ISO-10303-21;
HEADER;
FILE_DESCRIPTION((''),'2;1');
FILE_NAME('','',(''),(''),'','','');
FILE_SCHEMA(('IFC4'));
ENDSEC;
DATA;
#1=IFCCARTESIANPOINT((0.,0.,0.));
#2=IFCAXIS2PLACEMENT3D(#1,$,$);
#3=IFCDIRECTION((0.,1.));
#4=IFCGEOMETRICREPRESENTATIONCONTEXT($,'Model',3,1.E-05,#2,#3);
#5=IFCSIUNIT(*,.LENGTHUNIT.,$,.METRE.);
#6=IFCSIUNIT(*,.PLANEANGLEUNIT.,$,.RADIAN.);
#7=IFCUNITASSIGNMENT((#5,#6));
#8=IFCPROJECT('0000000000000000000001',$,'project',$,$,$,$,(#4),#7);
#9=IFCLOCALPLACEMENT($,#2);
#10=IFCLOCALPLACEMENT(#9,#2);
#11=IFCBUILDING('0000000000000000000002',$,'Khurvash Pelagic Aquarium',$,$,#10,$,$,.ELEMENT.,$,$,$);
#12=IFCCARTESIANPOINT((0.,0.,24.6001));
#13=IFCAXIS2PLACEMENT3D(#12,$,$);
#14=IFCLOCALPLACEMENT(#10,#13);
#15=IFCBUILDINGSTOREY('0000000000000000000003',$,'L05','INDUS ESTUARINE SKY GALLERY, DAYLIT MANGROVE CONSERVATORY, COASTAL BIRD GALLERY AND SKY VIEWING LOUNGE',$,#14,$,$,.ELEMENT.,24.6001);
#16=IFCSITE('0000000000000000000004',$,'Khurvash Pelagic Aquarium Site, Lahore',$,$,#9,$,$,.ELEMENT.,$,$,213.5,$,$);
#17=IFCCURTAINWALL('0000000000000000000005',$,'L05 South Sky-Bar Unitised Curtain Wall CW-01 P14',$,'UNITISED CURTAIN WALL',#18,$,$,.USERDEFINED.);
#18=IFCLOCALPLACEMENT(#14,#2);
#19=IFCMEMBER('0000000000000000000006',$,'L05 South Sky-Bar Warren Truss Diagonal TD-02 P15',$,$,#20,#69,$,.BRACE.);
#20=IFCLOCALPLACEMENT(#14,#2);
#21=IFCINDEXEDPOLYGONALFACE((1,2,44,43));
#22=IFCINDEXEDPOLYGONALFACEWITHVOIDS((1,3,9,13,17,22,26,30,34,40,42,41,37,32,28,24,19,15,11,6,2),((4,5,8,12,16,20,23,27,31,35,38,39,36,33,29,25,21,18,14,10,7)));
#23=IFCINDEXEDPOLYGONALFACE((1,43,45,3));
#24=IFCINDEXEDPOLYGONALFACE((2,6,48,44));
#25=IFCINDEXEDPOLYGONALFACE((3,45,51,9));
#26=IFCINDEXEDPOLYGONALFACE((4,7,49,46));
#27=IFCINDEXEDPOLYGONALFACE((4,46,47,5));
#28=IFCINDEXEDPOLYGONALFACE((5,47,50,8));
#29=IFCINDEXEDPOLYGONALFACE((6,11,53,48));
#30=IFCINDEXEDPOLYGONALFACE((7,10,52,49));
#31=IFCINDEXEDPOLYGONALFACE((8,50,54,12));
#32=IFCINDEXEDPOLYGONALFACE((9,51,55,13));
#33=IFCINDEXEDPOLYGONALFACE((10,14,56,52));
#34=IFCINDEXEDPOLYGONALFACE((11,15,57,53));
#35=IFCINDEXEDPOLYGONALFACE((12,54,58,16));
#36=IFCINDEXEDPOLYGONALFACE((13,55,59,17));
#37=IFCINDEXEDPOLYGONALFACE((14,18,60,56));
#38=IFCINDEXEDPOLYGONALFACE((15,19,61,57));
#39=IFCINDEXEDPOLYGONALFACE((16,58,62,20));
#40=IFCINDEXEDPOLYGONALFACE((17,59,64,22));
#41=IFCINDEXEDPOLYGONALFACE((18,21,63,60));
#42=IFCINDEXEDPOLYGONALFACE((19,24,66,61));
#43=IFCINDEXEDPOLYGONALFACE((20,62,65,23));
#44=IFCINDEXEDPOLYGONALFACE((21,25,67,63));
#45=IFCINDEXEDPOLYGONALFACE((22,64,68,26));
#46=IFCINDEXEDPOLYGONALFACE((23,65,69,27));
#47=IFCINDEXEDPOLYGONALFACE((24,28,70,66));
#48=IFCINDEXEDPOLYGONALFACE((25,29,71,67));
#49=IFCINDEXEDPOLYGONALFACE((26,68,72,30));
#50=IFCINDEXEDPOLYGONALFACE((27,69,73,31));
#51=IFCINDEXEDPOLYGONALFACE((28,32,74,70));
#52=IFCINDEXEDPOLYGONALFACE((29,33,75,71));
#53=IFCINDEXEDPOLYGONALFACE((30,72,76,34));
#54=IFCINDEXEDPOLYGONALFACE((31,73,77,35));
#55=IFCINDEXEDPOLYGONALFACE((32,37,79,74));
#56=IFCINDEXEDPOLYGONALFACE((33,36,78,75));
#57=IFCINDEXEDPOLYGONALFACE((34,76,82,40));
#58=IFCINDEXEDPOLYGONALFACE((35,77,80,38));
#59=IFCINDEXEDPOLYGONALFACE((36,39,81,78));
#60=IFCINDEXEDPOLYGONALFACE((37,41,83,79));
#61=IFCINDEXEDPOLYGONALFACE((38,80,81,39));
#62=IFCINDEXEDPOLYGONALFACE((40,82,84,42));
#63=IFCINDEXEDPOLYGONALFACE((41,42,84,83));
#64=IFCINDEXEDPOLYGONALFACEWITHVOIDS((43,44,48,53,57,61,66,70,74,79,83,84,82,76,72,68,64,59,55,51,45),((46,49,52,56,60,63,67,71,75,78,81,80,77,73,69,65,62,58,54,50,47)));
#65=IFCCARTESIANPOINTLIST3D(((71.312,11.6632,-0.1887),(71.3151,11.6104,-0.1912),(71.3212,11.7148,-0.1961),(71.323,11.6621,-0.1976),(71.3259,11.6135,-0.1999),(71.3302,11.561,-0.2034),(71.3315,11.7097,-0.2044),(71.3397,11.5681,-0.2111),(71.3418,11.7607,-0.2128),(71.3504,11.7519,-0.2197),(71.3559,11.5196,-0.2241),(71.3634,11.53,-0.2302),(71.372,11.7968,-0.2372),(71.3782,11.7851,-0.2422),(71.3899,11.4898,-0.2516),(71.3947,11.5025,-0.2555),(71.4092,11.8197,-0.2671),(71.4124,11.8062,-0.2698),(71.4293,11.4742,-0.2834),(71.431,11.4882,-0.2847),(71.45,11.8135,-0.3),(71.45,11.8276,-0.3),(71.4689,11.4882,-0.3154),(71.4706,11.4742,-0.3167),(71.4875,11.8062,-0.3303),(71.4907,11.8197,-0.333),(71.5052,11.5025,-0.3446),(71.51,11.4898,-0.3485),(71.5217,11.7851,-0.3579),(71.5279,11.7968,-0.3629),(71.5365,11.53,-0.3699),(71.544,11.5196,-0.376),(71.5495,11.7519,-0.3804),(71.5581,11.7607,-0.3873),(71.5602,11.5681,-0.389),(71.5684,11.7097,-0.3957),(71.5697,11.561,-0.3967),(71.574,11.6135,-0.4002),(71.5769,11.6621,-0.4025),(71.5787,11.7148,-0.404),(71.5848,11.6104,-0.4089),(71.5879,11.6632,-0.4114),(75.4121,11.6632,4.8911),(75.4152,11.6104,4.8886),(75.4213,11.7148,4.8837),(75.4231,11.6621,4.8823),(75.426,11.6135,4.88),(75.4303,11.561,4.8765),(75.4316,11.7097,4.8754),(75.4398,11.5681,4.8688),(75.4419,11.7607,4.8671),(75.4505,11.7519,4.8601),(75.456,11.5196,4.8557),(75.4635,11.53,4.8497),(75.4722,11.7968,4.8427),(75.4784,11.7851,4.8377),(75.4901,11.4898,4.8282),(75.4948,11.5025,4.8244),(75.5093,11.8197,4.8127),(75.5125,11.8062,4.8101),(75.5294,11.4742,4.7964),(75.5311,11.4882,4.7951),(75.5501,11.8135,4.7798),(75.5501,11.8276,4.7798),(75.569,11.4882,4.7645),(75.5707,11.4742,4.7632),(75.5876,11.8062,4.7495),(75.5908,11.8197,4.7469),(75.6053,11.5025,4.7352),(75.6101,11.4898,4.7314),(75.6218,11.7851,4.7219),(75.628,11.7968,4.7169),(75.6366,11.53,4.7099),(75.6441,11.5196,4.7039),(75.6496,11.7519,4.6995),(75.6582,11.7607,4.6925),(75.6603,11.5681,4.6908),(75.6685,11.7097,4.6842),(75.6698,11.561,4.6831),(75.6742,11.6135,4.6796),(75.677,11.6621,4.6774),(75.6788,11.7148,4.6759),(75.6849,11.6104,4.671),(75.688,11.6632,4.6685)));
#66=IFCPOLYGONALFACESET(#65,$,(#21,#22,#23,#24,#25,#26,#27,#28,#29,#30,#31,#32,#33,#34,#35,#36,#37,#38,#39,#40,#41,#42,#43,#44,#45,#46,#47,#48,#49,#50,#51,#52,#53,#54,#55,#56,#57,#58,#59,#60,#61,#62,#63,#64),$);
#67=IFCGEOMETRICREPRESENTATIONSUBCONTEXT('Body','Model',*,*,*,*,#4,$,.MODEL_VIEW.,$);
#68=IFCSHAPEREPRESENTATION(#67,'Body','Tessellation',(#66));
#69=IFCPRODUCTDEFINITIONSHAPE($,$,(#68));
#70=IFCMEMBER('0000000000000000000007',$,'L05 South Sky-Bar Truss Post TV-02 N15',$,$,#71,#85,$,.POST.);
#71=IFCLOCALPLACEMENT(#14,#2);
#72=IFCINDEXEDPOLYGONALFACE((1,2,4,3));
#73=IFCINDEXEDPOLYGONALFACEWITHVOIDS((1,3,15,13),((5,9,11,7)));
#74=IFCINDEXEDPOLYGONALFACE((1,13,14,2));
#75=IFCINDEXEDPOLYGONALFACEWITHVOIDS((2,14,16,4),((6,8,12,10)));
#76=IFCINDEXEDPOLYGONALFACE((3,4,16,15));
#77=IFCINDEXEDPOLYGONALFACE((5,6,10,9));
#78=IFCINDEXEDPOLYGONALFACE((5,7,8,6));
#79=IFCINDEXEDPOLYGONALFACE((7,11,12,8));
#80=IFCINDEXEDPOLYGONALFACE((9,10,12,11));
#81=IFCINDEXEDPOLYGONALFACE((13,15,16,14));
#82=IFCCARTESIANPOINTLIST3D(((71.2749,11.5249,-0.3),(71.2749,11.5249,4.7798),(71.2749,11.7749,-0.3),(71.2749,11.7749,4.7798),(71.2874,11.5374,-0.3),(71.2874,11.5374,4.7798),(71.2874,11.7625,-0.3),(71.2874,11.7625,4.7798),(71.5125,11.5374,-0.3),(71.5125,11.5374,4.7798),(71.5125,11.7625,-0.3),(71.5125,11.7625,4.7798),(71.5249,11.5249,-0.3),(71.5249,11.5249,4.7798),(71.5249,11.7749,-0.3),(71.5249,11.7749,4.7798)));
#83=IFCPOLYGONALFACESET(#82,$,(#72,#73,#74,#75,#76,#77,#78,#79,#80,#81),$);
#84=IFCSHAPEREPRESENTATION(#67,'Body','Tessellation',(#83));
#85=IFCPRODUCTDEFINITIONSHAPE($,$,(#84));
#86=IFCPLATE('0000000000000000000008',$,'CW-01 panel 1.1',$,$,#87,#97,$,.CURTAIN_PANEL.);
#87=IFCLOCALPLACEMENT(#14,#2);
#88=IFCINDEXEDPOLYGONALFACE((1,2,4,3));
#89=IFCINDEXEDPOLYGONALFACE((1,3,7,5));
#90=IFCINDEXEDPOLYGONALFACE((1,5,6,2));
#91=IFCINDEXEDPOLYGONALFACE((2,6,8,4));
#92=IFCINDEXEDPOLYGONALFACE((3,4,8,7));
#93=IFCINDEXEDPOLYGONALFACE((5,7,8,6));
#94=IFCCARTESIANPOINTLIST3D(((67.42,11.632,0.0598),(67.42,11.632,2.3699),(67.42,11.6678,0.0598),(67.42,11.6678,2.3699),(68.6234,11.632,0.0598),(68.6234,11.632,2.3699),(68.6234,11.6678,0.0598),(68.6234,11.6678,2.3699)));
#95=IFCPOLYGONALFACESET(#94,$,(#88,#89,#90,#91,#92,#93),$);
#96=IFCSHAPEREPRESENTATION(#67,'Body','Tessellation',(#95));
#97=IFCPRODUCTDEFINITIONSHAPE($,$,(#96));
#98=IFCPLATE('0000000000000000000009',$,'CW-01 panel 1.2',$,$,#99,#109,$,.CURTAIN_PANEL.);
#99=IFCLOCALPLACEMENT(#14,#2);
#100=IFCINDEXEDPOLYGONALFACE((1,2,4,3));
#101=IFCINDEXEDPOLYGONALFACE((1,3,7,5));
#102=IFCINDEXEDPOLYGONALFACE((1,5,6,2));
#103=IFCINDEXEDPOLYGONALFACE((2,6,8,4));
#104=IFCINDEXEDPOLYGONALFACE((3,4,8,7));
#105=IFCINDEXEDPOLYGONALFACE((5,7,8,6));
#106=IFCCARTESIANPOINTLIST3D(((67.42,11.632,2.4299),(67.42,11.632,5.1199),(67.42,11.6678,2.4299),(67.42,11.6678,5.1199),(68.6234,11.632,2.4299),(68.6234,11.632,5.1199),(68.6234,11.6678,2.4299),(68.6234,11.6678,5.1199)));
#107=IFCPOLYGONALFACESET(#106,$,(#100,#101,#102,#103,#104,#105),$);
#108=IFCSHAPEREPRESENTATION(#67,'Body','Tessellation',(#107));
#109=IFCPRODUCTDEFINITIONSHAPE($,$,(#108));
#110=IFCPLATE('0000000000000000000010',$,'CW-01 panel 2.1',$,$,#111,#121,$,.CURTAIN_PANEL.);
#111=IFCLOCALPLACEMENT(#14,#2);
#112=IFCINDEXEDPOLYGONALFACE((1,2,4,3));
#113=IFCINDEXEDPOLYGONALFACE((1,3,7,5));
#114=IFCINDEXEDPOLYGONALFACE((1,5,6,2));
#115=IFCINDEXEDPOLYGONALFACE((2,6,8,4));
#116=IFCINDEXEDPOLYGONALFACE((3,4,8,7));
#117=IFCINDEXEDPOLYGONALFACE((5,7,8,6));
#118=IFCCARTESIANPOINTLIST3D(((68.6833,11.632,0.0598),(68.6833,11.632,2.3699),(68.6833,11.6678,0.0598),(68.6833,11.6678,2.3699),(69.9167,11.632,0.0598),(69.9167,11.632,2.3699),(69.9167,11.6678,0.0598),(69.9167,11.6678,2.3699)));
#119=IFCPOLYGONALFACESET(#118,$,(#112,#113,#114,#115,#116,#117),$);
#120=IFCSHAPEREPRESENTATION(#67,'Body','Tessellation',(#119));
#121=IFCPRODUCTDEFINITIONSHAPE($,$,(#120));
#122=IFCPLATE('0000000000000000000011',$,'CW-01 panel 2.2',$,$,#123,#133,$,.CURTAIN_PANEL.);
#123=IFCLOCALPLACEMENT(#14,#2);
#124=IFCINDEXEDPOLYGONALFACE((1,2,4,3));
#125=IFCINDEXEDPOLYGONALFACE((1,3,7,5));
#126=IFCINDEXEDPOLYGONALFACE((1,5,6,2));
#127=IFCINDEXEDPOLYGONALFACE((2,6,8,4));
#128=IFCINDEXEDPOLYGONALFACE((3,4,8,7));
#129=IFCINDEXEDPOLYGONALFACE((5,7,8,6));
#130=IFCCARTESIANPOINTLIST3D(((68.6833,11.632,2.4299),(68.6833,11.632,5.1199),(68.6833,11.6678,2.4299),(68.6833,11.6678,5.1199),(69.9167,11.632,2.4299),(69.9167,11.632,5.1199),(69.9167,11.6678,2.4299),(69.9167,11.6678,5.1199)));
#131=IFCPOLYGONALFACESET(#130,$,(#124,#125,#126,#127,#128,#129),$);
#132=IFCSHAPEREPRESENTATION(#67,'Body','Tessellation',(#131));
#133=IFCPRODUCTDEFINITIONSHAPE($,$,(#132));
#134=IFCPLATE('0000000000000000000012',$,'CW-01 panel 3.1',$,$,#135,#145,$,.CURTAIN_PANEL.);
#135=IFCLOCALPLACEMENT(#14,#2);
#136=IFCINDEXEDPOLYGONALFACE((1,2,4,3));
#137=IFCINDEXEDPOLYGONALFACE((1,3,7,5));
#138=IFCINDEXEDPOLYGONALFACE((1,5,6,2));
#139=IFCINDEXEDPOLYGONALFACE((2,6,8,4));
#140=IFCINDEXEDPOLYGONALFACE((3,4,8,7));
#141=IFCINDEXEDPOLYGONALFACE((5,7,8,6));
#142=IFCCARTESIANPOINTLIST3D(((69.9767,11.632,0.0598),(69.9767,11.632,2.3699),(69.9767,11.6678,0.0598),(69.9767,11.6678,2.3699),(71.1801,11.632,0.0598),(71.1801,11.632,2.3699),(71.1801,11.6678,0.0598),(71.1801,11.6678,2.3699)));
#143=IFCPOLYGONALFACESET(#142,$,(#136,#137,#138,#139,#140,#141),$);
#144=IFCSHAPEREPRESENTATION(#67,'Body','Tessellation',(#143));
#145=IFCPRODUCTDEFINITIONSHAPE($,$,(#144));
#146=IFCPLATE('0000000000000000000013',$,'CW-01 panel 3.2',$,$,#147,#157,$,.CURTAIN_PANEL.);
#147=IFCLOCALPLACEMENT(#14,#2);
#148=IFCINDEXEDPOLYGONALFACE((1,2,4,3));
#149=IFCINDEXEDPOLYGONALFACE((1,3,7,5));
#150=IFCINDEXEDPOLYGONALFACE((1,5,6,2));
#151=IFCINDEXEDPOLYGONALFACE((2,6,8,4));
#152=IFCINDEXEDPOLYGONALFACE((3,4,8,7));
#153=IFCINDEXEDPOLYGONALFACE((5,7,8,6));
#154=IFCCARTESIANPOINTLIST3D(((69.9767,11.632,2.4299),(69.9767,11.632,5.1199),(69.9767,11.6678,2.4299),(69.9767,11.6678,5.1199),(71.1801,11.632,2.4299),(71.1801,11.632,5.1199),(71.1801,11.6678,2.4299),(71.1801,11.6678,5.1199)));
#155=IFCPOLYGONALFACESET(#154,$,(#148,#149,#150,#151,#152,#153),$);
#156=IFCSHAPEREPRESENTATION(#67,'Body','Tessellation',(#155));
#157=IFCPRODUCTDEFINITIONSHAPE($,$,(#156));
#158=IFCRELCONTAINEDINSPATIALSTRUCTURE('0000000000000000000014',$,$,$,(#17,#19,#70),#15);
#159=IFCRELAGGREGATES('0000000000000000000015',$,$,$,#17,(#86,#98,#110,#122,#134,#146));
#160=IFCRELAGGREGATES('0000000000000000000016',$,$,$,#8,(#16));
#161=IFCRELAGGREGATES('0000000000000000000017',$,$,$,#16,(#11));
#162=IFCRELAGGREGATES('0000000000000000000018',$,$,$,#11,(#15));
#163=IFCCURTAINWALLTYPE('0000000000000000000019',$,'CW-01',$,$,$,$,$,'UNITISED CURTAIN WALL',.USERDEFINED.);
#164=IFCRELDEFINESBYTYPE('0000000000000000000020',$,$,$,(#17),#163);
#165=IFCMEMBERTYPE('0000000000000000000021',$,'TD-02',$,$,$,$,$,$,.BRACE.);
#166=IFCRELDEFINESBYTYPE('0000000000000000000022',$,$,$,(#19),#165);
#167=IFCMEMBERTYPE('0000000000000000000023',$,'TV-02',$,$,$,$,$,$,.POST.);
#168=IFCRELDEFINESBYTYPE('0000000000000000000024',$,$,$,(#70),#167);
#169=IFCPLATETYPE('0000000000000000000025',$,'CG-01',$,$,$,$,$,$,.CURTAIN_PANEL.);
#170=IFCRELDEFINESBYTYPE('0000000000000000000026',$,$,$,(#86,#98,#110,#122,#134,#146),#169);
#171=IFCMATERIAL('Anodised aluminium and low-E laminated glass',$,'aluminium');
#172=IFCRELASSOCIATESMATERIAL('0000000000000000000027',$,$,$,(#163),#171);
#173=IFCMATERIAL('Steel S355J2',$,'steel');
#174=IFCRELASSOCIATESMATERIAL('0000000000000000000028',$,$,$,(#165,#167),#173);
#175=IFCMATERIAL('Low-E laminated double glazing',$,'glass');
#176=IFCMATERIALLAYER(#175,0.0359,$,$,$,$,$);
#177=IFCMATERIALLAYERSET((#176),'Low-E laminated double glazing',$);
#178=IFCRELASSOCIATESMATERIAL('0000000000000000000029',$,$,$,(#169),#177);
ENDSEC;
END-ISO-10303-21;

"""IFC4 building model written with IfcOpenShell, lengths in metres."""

from ifc_helpers import new_model, si_unit, direction, frame, origin, origin_2d, place, context, subcontext, project, spatial, rectangle, hollow_rectangle, hollow_circle, extrude, material, layer, layer_set, material_profile, profile_set, type_object, element, aggregate, save


model = new_model("IFC4")

# Units and contexts
model_context = context("Model", 3, precision=1e-05, world=origin(), true_north=direction((0.0, 1.0)))
body_context = subcontext(model_context, "Body", "Model", "MODEL_VIEW")
ifc_project = project(units=[si_unit("LENGTHUNIT", "METRE"), si_unit("PLANEANGLEUNIT", "RADIAN")], contexts=[model_context])

# Site, building, storey
site_placement = place(None, origin())
site = spatial("IfcSite", under=ifc_project, at=site_placement, Name="Khurvash Pelagic Aquarium Site, Lahore", CompositionType="ELEMENT", RefElevation=213.5)
building_placement = place(site_placement, origin())
building = spatial("IfcBuilding", under=site, at=building_placement, Name="Khurvash Pelagic Aquarium", CompositionType="ELEMENT")
storey_placement = place(building_placement, frame((0.0, 0.0, 24.6001)))
storey = spatial("IfcBuildingStorey", under=building, at=storey_placement, Name="L05", Description="INDUS ESTUARINE SKY GALLERY, DAYLIT MANGROVE CONSERVATORY, COASTAL BIRD GALLERY AND SKY VIEWING LOUNGE", CompositionType="ELEMENT", Elevation=24.6001)

# Curtain wall
ifc_material_1 = material(Name="Anodised aluminium and low-E laminated glass", Category="aluminium")
curtain_wall_type = type_object("IfcCurtainWallType", Name="CW-01", ElementType="UNITISED CURTAIN WALL", PredefinedType="USERDEFINED", material=ifc_material_1)
curtain_wall_1_placement = place(storey_placement, origin())
curtain_wall_1 = element("IfcCurtainWall", 1, at=curtain_wall_1_placement, inside=storey, type_object=curtain_wall_type, Name="L05 South Sky-Bar Unitised Curtain Wall CW-01 P14", ObjectType="UNITISED CURTAIN WALL", PredefinedType="USERDEFINED")

# Members
ifc_material_2 = material(Name="Steel S355J2", Category="steel")
ifc_material_profile_1 = material_profile(ifc_material_2, hollow_circle(Radius=0.1777, WallThickness=0.0142, at=origin_2d()), Name="CHS355X14")
ifc_profile_set_1 = profile_set([ifc_material_profile_1], Name="Steel S355J2")
member_type_1 = type_object("IfcMemberType", Name="TD-02", PredefinedType="BRACE", material=ifc_profile_set_1)
for number, where, z_axis, x_axis, name in (
    (2, (71.45, 11.6499, -0.3), (0.628073, 0.0, 0.778154), (0.0, 1.0, 0.0), "L05 South Sky-Bar Warren Truss Diagonal TD-02 P15"),
):
    element("IfcMember", number, at=place(storey_placement, frame(where, z_axis=z_axis, x_axis=x_axis)), inside=storey, type_object=member_type_1, Name=name, PredefinedType="BRACE", context=body_context, shape_type="SweptSolid", body=[
        extrude(hollow_circle(Radius=0.1777, WallThickness=0.0142, at=origin_2d()), origin(), (0.0, 0.0, 1.0), 6.5281),
    ])
ifc_material_profile_2 = material_profile(ifc_material_2, hollow_rectangle(XDim=0.25, YDim=0.25, WallThickness=0.0125, at=origin_2d()), Name="SHS250X250X12")
ifc_profile_set_2 = profile_set([ifc_material_profile_2], Name="Steel S355J2")
member_type_2 = type_object("IfcMemberType", Name="TV-02", PredefinedType="POST", material=ifc_profile_set_2)
member_1_placement = place(storey_placement, frame((71.3999, 11.6499, -0.3), z_axis=(0.0, 0.0, 1.0), x_axis=(1.0, 0.0, 0.0)))
element("IfcMember", 3, at=member_1_placement, inside=storey, type_object=member_type_2, Name="L05 South Sky-Bar Truss Post TV-02 N15", PredefinedType="POST", context=body_context, shape_type="SweptSolid", body=[
    extrude(hollow_rectangle(XDim=0.25, YDim=0.25, WallThickness=0.0125, at=origin_2d()), origin(), (0.0, 0.0, 1.0), 5.0798),
])

# Plates
ifc_material_3 = material(Name="Low-E laminated double glazing", Category="glass")
ifc_layer = layer(ifc_material_3, 0.0359)
ifc_layer_set = layer_set([ifc_layer], Name="Low-E laminated double glazing")
plate_type = type_object("IfcPlateType", Name="CG-01", PredefinedType="CURTAIN_PANEL", material=ifc_layer_set)
plate_1_placement = place(storey_placement, frame((68.0217, 11.6499, 0.0598), z_axis=(0.0, 0.0, 1.0), x_axis=(1.0, 0.0, 0.0)))
plate_1 = element("IfcPlate", 4, at=plate_1_placement, type_object=plate_type, Name="CW-01 panel 1.1", PredefinedType="CURTAIN_PANEL", context=body_context, shape_type="SweptSolid", body=[
    extrude(rectangle(XDim=1.2034, YDim=0.0359, at=origin_2d()), origin(), (0.0, 0.0, 1.0), 2.3101),
])
plate_2_placement = place(storey_placement, frame((68.0217, 11.6499, 2.4299), z_axis=(0.0, 0.0, 1.0), x_axis=(1.0, 0.0, 0.0)))
plate_2 = element("IfcPlate", 5, at=plate_2_placement, type_object=plate_type, Name="CW-01 panel 1.2", PredefinedType="CURTAIN_PANEL", context=body_context, shape_type="SweptSolid", body=[
    extrude(rectangle(XDim=1.2034, YDim=0.0359, at=origin_2d()), origin(), (0.0, 0.0, 1.0), 2.6899),
])
plate_3_placement = place(storey_placement, frame((69.3, 11.6499, 0.0598), z_axis=(0.0, 0.0, 1.0), x_axis=(1.0, 0.0, 0.0)))
plate_3 = element("IfcPlate", 6, at=plate_3_placement, type_object=plate_type, Name="CW-01 panel 2.1", PredefinedType="CURTAIN_PANEL", context=body_context, shape_type="SweptSolid", body=[
    extrude(rectangle(XDim=1.2334, YDim=0.0359, at=origin_2d()), origin(), (0.0, 0.0, 1.0), 2.3101),
])
plate_4_placement = place(storey_placement, frame((69.3, 11.6499, 2.4299), z_axis=(0.0, 0.0, 1.0), x_axis=(1.0, 0.0, 0.0)))
plate_4 = element("IfcPlate", 7, at=plate_4_placement, type_object=plate_type, Name="CW-01 panel 2.2", PredefinedType="CURTAIN_PANEL", context=body_context, shape_type="SweptSolid", body=[
    extrude(rectangle(XDim=1.2334, YDim=0.0359, at=origin_2d()), origin(), (0.0, 0.0, 1.0), 2.6899),
])
plate_5_placement = place(storey_placement, frame((70.5784, 11.6499, 0.0598), z_axis=(0.0, 0.0, 1.0), x_axis=(1.0, 0.0, 0.0)))
plate_5 = element("IfcPlate", 8, at=plate_5_placement, type_object=plate_type, Name="CW-01 panel 3.1", PredefinedType="CURTAIN_PANEL", context=body_context, shape_type="SweptSolid", body=[
    extrude(rectangle(XDim=1.2034, YDim=0.0359, at=origin_2d()), origin(), (0.0, 0.0, 1.0), 2.3101),
])
plate_6_placement = place(storey_placement, frame((70.5784, 11.6499, 2.4299), z_axis=(0.0, 0.0, 1.0), x_axis=(1.0, 0.0, 0.0)))
plate_6 = element("IfcPlate", 9, at=plate_6_placement, type_object=plate_type, Name="CW-01 panel 3.2", PredefinedType="CURTAIN_PANEL", context=body_context, shape_type="SweptSolid", body=[
    extrude(rectangle(XDim=1.2034, YDim=0.0359, at=origin_2d()), origin(), (0.0, 0.0, 1.0), 2.6899),
])
aggregate(curtain_wall_1, [plate_1, plate_2, plate_3, plate_4, plate_5, plate_6])

save(model, "model.ifc")
